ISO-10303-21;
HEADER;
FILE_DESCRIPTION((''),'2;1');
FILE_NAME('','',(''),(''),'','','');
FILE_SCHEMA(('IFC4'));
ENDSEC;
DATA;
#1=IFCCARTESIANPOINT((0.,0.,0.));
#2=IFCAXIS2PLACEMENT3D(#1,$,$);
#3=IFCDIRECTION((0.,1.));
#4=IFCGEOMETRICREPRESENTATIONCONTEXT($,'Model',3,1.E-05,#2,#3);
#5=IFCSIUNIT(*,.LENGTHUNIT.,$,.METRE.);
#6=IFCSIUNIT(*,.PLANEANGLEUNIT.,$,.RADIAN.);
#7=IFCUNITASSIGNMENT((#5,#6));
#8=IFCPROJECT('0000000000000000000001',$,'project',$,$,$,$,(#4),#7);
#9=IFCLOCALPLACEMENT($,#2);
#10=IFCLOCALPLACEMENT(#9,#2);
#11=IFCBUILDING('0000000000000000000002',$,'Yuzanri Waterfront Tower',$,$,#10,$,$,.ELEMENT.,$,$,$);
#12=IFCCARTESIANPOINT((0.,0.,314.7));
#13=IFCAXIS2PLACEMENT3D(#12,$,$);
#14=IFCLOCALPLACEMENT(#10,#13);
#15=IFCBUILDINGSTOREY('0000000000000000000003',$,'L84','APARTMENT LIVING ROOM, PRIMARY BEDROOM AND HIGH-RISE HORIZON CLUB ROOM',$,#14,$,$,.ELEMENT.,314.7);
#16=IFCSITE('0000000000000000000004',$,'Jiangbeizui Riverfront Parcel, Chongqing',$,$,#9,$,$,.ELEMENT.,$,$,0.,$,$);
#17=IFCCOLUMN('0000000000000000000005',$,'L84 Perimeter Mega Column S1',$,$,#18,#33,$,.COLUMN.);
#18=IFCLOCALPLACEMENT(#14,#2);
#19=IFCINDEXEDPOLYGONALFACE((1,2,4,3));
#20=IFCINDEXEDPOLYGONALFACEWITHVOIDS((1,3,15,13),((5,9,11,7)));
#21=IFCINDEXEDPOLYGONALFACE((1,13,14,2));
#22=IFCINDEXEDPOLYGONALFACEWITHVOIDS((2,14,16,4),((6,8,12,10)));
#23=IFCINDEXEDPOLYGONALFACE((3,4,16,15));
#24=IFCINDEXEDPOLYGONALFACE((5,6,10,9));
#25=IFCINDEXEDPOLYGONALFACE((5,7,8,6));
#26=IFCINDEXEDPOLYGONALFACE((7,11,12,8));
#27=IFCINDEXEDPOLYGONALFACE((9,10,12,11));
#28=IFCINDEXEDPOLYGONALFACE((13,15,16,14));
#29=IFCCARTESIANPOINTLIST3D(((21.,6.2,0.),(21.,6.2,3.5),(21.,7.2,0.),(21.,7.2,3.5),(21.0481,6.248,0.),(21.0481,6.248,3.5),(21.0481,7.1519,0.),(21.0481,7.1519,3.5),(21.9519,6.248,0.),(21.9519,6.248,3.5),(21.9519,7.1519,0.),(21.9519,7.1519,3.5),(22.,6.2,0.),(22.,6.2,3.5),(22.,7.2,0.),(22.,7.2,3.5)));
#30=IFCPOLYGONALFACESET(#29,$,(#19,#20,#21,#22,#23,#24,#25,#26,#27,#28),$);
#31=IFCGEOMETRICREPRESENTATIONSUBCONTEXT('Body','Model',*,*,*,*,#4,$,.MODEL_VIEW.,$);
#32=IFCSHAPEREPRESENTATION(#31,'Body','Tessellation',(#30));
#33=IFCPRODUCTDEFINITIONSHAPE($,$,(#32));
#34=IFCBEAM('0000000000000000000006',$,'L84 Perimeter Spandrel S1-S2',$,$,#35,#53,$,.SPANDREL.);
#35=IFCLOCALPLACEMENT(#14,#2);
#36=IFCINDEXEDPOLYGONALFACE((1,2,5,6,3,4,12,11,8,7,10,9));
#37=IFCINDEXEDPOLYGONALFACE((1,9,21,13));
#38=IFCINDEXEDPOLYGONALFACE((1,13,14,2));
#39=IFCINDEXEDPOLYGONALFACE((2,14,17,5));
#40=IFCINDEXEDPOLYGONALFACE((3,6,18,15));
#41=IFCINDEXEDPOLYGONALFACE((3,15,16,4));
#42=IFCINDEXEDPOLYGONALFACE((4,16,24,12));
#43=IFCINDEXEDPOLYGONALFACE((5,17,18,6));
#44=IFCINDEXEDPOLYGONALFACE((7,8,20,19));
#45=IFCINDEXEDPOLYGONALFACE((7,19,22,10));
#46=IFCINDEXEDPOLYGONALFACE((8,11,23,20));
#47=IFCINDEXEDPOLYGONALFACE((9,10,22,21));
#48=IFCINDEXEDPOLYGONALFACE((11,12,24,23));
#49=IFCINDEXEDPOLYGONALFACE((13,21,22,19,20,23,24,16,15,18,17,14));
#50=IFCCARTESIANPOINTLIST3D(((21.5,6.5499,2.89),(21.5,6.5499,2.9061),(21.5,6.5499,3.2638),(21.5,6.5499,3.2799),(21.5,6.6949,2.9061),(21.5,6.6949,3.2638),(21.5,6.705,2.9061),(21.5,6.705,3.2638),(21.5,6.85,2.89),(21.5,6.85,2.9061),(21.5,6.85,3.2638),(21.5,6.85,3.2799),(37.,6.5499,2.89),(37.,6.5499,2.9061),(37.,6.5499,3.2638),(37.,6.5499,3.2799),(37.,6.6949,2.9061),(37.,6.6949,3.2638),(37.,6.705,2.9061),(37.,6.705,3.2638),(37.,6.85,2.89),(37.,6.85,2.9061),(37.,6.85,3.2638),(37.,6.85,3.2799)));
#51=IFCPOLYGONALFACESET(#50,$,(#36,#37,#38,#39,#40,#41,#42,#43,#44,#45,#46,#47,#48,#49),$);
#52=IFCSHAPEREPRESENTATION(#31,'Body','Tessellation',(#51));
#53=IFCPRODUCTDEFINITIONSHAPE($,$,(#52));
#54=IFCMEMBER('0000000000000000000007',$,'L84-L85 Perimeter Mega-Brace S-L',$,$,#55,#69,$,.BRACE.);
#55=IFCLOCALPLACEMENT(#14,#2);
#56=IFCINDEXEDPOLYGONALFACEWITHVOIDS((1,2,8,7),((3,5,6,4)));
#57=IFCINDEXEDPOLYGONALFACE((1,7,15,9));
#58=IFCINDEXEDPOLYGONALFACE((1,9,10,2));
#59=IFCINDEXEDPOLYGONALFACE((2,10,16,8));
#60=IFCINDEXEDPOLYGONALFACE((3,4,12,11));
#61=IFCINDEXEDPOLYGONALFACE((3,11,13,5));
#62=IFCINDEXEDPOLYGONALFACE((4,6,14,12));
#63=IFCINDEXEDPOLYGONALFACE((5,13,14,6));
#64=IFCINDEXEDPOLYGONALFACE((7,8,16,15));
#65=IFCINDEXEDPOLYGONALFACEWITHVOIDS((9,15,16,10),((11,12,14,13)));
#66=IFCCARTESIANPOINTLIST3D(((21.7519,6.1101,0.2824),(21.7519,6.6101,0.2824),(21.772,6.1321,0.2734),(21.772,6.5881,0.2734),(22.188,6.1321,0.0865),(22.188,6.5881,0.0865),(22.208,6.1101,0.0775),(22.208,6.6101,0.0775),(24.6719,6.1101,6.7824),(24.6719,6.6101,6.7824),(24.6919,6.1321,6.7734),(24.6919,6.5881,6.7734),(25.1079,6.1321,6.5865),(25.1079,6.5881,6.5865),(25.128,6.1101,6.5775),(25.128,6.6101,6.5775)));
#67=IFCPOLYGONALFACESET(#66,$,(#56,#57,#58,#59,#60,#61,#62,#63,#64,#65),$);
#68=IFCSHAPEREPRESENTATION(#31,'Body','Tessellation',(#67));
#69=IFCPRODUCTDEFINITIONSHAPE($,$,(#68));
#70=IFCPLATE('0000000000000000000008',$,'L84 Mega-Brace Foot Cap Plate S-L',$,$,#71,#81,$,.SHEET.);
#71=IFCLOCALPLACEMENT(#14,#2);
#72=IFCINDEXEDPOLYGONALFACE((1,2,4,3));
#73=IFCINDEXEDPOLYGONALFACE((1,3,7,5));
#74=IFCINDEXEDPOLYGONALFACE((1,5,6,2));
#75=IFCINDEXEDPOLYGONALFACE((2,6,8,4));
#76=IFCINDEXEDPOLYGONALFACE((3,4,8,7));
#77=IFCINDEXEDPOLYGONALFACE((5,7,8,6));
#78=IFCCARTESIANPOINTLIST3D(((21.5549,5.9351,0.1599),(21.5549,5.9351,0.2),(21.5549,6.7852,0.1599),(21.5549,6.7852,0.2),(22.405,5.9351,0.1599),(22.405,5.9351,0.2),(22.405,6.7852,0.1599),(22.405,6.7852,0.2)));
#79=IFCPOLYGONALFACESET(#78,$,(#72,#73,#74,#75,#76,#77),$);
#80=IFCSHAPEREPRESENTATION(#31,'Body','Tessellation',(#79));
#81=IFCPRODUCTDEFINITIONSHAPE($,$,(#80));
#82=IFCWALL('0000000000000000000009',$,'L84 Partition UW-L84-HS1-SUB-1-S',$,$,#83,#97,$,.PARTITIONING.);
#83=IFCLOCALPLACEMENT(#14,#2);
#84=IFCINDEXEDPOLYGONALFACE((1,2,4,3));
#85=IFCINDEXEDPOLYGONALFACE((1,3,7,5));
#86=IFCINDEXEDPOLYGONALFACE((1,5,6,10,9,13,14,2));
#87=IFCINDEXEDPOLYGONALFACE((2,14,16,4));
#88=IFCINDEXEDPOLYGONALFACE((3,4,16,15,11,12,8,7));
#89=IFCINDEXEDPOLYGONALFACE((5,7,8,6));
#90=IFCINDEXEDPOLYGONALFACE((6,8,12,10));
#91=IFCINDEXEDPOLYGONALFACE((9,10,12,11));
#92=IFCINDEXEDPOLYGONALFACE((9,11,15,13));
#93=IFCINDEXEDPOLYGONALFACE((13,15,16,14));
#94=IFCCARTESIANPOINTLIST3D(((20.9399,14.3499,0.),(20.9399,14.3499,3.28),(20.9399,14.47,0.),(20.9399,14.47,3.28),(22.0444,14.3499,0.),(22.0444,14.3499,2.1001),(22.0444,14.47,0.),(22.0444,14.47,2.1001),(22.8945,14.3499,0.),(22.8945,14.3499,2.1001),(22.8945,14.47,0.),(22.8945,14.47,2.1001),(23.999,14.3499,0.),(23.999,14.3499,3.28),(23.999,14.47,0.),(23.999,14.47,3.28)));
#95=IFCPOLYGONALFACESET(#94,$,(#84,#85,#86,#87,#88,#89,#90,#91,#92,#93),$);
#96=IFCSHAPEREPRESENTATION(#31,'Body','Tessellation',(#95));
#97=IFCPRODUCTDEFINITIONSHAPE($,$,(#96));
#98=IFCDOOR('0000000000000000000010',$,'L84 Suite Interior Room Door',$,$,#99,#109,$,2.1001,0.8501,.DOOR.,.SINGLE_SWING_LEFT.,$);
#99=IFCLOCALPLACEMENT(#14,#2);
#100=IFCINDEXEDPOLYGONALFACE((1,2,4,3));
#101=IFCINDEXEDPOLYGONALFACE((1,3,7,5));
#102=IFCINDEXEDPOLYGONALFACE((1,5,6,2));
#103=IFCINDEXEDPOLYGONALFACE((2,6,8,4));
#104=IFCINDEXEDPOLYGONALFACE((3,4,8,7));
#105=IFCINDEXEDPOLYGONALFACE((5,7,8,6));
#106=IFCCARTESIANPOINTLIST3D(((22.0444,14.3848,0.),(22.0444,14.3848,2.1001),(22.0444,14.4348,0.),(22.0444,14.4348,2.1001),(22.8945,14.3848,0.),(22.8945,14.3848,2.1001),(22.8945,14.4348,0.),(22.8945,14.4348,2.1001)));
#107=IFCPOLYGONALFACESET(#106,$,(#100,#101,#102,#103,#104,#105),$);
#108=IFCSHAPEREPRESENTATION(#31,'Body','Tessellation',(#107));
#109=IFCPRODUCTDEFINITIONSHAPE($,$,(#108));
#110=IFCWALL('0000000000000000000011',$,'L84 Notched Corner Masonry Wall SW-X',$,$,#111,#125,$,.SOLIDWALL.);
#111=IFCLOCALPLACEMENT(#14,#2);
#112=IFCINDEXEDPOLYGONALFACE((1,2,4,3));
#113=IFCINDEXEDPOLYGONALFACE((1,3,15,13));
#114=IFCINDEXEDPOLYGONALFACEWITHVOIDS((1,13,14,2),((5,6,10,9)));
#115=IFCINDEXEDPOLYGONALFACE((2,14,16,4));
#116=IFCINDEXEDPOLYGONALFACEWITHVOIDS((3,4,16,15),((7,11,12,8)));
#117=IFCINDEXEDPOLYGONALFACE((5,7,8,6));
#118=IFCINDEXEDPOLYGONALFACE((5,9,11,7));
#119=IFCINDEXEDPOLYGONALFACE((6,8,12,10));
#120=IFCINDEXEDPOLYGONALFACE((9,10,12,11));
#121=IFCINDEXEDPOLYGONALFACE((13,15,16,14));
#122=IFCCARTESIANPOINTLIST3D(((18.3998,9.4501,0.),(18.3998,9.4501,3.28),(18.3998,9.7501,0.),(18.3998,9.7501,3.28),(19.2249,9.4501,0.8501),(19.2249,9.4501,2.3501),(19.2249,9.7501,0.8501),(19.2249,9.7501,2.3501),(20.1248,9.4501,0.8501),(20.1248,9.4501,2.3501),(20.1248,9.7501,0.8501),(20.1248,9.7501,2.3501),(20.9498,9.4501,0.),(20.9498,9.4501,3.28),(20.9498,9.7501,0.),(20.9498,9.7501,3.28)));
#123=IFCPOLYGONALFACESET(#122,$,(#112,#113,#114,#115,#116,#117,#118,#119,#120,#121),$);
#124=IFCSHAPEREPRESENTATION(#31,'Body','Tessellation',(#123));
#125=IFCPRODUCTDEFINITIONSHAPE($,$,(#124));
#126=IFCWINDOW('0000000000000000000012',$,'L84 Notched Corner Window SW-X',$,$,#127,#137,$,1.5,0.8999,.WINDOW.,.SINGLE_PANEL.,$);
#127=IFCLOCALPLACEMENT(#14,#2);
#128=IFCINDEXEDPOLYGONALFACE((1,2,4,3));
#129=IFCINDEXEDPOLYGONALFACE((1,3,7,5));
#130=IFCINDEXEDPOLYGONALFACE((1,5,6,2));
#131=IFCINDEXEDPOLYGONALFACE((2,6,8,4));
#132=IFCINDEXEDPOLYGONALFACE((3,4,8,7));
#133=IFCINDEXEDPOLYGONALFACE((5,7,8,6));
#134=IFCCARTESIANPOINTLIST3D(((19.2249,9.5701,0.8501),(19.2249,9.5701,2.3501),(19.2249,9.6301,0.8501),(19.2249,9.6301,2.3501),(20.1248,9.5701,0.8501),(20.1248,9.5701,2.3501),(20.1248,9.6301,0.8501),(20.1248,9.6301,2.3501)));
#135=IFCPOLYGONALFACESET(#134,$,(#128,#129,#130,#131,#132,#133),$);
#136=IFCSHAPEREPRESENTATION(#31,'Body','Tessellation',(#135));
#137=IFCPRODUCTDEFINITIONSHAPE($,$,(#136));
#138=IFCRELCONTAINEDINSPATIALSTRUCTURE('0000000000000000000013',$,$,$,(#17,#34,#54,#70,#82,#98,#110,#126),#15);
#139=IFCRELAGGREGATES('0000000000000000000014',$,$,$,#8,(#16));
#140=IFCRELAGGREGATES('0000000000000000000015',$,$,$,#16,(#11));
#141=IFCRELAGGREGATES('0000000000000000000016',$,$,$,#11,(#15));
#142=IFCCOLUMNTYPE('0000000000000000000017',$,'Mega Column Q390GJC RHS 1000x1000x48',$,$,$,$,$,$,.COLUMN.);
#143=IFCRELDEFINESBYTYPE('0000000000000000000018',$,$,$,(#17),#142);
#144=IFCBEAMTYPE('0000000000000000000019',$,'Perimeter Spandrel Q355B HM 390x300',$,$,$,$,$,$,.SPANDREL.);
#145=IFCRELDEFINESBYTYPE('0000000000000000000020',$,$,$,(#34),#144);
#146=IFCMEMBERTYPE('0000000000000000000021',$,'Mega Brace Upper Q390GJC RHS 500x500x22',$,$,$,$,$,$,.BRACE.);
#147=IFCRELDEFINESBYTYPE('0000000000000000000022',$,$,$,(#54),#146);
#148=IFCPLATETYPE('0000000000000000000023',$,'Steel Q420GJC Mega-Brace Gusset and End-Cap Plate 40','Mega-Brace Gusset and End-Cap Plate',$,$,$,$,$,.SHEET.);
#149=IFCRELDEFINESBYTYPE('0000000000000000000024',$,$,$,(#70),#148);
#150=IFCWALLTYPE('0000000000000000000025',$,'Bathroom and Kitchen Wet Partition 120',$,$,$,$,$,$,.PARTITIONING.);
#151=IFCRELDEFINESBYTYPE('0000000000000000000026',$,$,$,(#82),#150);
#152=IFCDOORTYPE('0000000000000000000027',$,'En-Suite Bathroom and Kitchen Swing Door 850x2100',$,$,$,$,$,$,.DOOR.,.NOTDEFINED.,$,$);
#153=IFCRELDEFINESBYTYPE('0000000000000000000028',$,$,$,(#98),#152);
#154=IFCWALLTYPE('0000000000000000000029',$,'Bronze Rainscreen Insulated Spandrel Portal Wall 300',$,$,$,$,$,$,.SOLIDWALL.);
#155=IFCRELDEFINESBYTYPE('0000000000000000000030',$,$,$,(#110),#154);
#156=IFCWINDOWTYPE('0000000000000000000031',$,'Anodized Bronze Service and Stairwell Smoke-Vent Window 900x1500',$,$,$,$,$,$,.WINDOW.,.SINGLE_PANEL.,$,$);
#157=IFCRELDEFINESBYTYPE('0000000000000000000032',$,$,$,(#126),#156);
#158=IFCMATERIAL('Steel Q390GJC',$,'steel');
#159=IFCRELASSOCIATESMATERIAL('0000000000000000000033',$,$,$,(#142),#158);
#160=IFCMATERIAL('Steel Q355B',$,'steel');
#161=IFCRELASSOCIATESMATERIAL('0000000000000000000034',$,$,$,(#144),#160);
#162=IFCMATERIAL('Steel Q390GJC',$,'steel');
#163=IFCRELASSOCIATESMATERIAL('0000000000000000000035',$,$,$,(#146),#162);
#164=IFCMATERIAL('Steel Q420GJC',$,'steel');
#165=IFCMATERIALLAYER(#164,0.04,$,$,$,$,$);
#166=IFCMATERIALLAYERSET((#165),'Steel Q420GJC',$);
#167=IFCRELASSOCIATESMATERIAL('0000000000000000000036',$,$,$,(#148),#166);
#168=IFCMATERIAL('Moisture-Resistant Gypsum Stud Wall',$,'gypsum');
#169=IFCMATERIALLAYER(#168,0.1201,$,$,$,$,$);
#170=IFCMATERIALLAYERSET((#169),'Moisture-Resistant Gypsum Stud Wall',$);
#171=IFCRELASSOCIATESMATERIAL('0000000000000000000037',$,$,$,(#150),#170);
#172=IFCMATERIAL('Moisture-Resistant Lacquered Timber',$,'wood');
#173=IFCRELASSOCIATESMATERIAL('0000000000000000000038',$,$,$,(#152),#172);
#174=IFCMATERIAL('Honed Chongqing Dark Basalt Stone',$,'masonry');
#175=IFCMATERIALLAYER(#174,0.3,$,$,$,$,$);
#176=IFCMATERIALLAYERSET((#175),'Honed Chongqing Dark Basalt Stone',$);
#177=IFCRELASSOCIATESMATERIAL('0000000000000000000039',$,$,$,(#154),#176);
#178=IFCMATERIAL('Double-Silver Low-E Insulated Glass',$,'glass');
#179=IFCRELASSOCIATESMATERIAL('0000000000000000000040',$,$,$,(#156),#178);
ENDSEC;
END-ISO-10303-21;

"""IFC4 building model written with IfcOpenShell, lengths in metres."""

from ifc_helpers import new_model, si_unit, direction, frame, frame_2d, origin, origin_2d, place, context, subcontext, project, spatial, rectangle, hollow_rectangle, i_section, extrude, source, transform, mapped, material, layer, layer_set, material_profile, profile_set, type_object, element, fill, save


model = new_model("IFC4")

# Units and contexts
model_context = context("Model", 3, precision=1e-05, world=origin(), true_north=direction((0.0, 1.0)))
body_context = subcontext(model_context, "Body", "Model", "MODEL_VIEW")
ifc_project = project(units=[si_unit("LENGTHUNIT", "METRE"), si_unit("PLANEANGLEUNIT", "RADIAN")], contexts=[model_context])

# Site, building, storey
site_placement = place(None, origin())
site = spatial("IfcSite", under=ifc_project, at=site_placement, Name="Jiangbeizui Riverfront Parcel, Chongqing", CompositionType="ELEMENT", RefElevation=0.0)
building_placement = place(site_placement, origin())
building = spatial("IfcBuilding", under=site, at=building_placement, Name="Yuzanri Waterfront Tower", CompositionType="ELEMENT")
storey_placement = place(building_placement, frame((0.0, 0.0, 314.7)))
storey = spatial("IfcBuildingStorey", under=building, at=storey_placement, Name="L84", Description="APARTMENT LIVING ROOM, PRIMARY BEDROOM AND HIGH-RISE HORIZON CLUB ROOM", CompositionType="ELEMENT", Elevation=314.7)

# Column
ifc_material_1 = material(Name="Steel Q390GJC", Category="steel")
ifc_material_profile_1 = material_profile(ifc_material_1, hollow_rectangle(XDim=1.0, YDim=1.0, WallThickness=0.0481, at=origin_2d()), Name="RHS 1000x1000x48")
ifc_profile_set_1 = profile_set([ifc_material_profile_1], Name="Steel Q390GJC")
column_type = type_object("IfcColumnType", Name="Mega Column Q390GJC RHS 1000x1000x48", PredefinedType="COLUMN", material=ifc_profile_set_1)
shared_shape_1 = source(origin(), body_context, "Body", "SweptSolid", [
    extrude(hollow_rectangle(XDim=1.0, YDim=1.0, WallThickness=0.0481, at=origin_2d()), origin(), (0.0, 0.0, 1.0), 3.5),
])
column_placement = place(storey_placement, frame((21.5, 6.7, 0.0), z_axis=(0.0, 0.0, 1.0), x_axis=(1.0, 0.0, 0.0)))
element("IfcColumn", 1, at=column_placement, inside=storey, type_object=column_type, Name="L84 Perimeter Mega Column S1", PredefinedType="COLUMN", context=body_context, shape_type="MappedRepresentation", body=[
    mapped(shared_shape_1, transform((0.0, 0.0, 0.0), scale=1.0)),
])

# Beam
ifc_material_2 = material(Name="Steel Q355B", Category="steel")
ifc_material_profile_2 = material_profile(ifc_material_2, i_section(OverallWidth=0.3, OverallDepth=0.3899, WebThickness=0.01, FlangeThickness=0.0161, at=origin_2d()), Name="HM 390x300x10x16")
ifc_profile_set_2 = profile_set([ifc_material_profile_2], Name="Steel Q355B")
beam_type = type_object("IfcBeamType", Name="Perimeter Spandrel Q355B HM 390x300", PredefinedType="SPANDREL", material=ifc_profile_set_2)
shared_shape_2 = source(origin(), body_context, "Body", "SweptSolid", [
    extrude(i_section(OverallWidth=0.3, OverallDepth=0.3899, WebThickness=0.01, FlangeThickness=0.0161, at=origin_2d()), origin(), (0.0, 0.0, 1.0), 15.5),
])
beam_placement = place(storey_placement, frame((21.5, 6.7, 3.085), z_axis=(1.0, 0.0, 0.0), x_axis=(0.0, 1.0, 0.0)))
element("IfcBeam", 2, at=beam_placement, inside=storey, type_object=beam_type, Name="L84 Perimeter Spandrel S1-S2", PredefinedType="SPANDREL", context=body_context, shape_type="MappedRepresentation", body=[
    mapped(shared_shape_2, transform((0.0, 0.0, 0.0), scale=1.0)),
])

# Member
ifc_material_3 = material(Name="Steel Q390GJC", Category="steel")
ifc_material_profile_3 = material_profile(ifc_material_3, hollow_rectangle(XDim=0.5, YDim=0.5, WallThickness=0.022, at=origin_2d()), Name="RHS 500x500x22")
ifc_profile_set_3 = profile_set([ifc_material_profile_3], Name="Steel Q390GJC")
member_type = type_object("IfcMemberType", Name="Mega Brace Upper Q390GJC RHS 500x500x22", PredefinedType="BRACE", material=ifc_profile_set_3)
shared_shape_3 = source(origin(), body_context, "Body", "SweptSolid", [
    extrude(hollow_rectangle(XDim=0.5, YDim=0.5, WallThickness=0.022, at=origin_2d()), origin(), (0.0, 0.0, 1.0), 7.1257),
])
member_placement = place(storey_placement, frame((21.98, 6.3601, 0.1799), z_axis=(0.409772, 0.0, 0.912188), x_axis=(0.0, 1.0, 0.0)))
element("IfcMember", 3, at=member_placement, inside=storey, type_object=member_type, Name="L84-L85 Perimeter Mega-Brace S-L", PredefinedType="BRACE", context=body_context, shape_type="MappedRepresentation", body=[
    mapped(shared_shape_3, transform((0.0, 0.0, 0.0), scale=1.0)),
])

# Plate
ifc_material_4 = material(Name="Steel Q420GJC", Category="steel")
ifc_layer_1 = layer(ifc_material_4, 0.04)
ifc_layer_set_1 = layer_set([ifc_layer_1], Name="Steel Q420GJC")
plate_type = type_object("IfcPlateType", Name="Steel Q420GJC Mega-Brace Gusset and End-Cap Plate 40", Description="Mega-Brace Gusset and End-Cap Plate", PredefinedType="SHEET", material=ifc_layer_set_1)
shared_shape_4 = source(origin(), body_context, "Body", "SweptSolid", [
    extrude(rectangle(XDim=0.8501, YDim=0.8501, at=origin_2d()), origin(), (0.0, 0.0, 1.0), 0.04),
])
plate_placement = place(storey_placement, frame((21.98, 6.3601, 0.1599), z_axis=(0.0, 0.0, 1.0), x_axis=(1.0, 0.0, 0.0)))
element("IfcPlate", 4, at=plate_placement, inside=storey, type_object=plate_type, Name="L84 Mega-Brace Foot Cap Plate S-L", PredefinedType="SHEET", context=body_context, shape_type="MappedRepresentation", body=[
    mapped(shared_shape_4, transform((0.0, 0.0, 0.0), scale=1.0)),
])

# Wall, opening, door
ifc_material_5 = material(Name="Moisture-Resistant Gypsum Stud Wall", Category="gypsum")
ifc_layer_2 = layer(ifc_material_5, 0.1201)
ifc_layer_set_2 = layer_set([ifc_layer_2], Name="Moisture-Resistant Gypsum Stud Wall")
wall_type_1 = type_object("IfcWallType", Name="Bathroom and Kitchen Wet Partition 120", PredefinedType="PARTITIONING", material=ifc_layer_set_2)
wall_1_placement = place(storey_placement, frame((20.9399, 14.4099, 0.0), z_axis=(0.0, 0.0, 1.0), x_axis=(1.0, 0.0, 0.0)))
wall_1 = element("IfcWall", 5, at=wall_1_placement, inside=storey, type_object=wall_type_1, Name="L84 Partition UW-L84-HS1-SUB-1-S", PredefinedType="PARTITIONING", context=body_context, shape_type="SweptSolid", body=[
    extrude(rectangle(XDim=3.0591, YDim=0.1201, at=frame_2d((1.5295, 0.0))), origin(), (0.0, 0.0, 1.0), 3.28),
])
opening_1_placement = place(wall_1_placement, frame((1.1045, 0.0, 0.0)))
opening_1 = element("IfcOpeningElement", 6, at=opening_1_placement, cuts=wall_1, PredefinedType="OPENING", context=body_context, shape_type="SweptSolid", body=[
    extrude(rectangle(XDim=0.8501, YDim=2.1001, at=frame_2d((0.425, 1.05))), frame((0.0, 0.075, 0.0), z_axis=(0.0, -1.0, 0.0), x_axis=(1.0, 0.0, 0.0)), (0.0, 0.0, 1.0), 0.1499),
])
ifc_material_6 = material(Name="Moisture-Resistant Lacquered Timber", Category="wood")
door_type = type_object("IfcDoorType", Name="En-Suite Bathroom and Kitchen Swing Door 850x2100", OperationType="NOTDEFINED", PredefinedType="DOOR", material=ifc_material_6)
shared_shape_5 = source(origin(), body_context, "Body", "SweptSolid", [
    extrude(rectangle(XDim=0.8501, YDim=2.1001, at=frame_2d((0.425, 1.05))), frame((0.0, 0.0249, 0.0), z_axis=(0.0, -1.0, 0.0), x_axis=(1.0, 0.0, 0.0)), (0.0, 0.0, 1.0), 0.05),
])
door_placement = place(opening_1_placement, origin())
door = element("IfcDoor", 7, at=door_placement, inside=storey, type_object=door_type, Name="L84 Suite Interior Room Door", OperationType="SINGLE_SWING_LEFT", OverallHeight=2.1001, OverallWidth=0.8501, PredefinedType="DOOR", context=body_context, shape_type="MappedRepresentation", body=[
    mapped(shared_shape_5, transform((0.0, 0.0, 0.0), scale=1.0)),
])
fill(opening_1, door)

# Wall, opening, window
ifc_material_7 = material(Name="Honed Chongqing Dark Basalt Stone", Category="masonry")
ifc_layer_3 = layer(ifc_material_7, 0.3)
ifc_layer_set_3 = layer_set([ifc_layer_3], Name="Honed Chongqing Dark Basalt Stone")
wall_type_2 = type_object("IfcWallType", Name="Bronze Rainscreen Insulated Spandrel Portal Wall 300", PredefinedType="SOLIDWALL", material=ifc_layer_set_3)
wall_2_placement = place(storey_placement, frame((18.3999, 9.6001, 0.0), z_axis=(0.0, 0.0, 1.0), x_axis=(1.0, 0.0, 0.0)))
wall_2 = element("IfcWall", 8, at=wall_2_placement, inside=storey, type_object=wall_type_2, Name="L84 Notched Corner Masonry Wall SW-X", PredefinedType="SOLIDWALL", context=body_context, shape_type="SweptSolid", body=[
    extrude(rectangle(XDim=2.55, YDim=0.3, at=frame_2d((1.2749, 0.0))), origin(), (0.0, 0.0, 1.0), 3.28),
])
opening_2_placement = place(wall_2_placement, frame((0.825, 0.0, 0.8501)))
opening_2 = element("IfcOpeningElement", 9, at=opening_2_placement, cuts=wall_2, PredefinedType="OPENING", context=body_context, shape_type="SweptSolid", body=[
    extrude(rectangle(XDim=0.8999, YDim=1.5, at=frame_2d((0.45, 0.75))), frame((0.0, 0.165, 0.0), z_axis=(0.0, -1.0, 0.0), x_axis=(1.0, 0.0, 0.0)), (0.0, 0.0, 1.0), 0.3298),
])
ifc_material_8 = material(Name="Double-Silver Low-E Insulated Glass", Category="glass")
window_type_1 = type_object("IfcWindowType", Name="Anodized Bronze Service and Stairwell Smoke-Vent Window 900x1500", PartitioningType="SINGLE_PANEL", PredefinedType="WINDOW", material=ifc_material_8)
shared_shape_6 = source(origin(), body_context, "Body", "SweptSolid", [
    extrude(rectangle(XDim=0.8999, YDim=1.5, at=frame_2d((0.45, 0.75))), frame((0.0, 0.03, 0.0), z_axis=(0.0, -1.0, 0.0), x_axis=(1.0, 0.0, 0.0)), (0.0, 0.0, 1.0), 0.0601),
])
window_1_placement = place(opening_2_placement, origin())
window_1 = element("IfcWindow", 10, at=window_1_placement, inside=storey, type_object=window_type_1, Name="L84 Notched Corner Window SW-X", OverallHeight=1.5, OverallWidth=0.8999, PartitioningType="SINGLE_PANEL", PredefinedType="WINDOW", context=body_context, shape_type="MappedRepresentation", body=[
    mapped(shared_shape_6, transform((0.0, 0.0, 0.0), scale=1.0)),
])
fill(opening_2, window_1)

save(model, "model.ifc")
